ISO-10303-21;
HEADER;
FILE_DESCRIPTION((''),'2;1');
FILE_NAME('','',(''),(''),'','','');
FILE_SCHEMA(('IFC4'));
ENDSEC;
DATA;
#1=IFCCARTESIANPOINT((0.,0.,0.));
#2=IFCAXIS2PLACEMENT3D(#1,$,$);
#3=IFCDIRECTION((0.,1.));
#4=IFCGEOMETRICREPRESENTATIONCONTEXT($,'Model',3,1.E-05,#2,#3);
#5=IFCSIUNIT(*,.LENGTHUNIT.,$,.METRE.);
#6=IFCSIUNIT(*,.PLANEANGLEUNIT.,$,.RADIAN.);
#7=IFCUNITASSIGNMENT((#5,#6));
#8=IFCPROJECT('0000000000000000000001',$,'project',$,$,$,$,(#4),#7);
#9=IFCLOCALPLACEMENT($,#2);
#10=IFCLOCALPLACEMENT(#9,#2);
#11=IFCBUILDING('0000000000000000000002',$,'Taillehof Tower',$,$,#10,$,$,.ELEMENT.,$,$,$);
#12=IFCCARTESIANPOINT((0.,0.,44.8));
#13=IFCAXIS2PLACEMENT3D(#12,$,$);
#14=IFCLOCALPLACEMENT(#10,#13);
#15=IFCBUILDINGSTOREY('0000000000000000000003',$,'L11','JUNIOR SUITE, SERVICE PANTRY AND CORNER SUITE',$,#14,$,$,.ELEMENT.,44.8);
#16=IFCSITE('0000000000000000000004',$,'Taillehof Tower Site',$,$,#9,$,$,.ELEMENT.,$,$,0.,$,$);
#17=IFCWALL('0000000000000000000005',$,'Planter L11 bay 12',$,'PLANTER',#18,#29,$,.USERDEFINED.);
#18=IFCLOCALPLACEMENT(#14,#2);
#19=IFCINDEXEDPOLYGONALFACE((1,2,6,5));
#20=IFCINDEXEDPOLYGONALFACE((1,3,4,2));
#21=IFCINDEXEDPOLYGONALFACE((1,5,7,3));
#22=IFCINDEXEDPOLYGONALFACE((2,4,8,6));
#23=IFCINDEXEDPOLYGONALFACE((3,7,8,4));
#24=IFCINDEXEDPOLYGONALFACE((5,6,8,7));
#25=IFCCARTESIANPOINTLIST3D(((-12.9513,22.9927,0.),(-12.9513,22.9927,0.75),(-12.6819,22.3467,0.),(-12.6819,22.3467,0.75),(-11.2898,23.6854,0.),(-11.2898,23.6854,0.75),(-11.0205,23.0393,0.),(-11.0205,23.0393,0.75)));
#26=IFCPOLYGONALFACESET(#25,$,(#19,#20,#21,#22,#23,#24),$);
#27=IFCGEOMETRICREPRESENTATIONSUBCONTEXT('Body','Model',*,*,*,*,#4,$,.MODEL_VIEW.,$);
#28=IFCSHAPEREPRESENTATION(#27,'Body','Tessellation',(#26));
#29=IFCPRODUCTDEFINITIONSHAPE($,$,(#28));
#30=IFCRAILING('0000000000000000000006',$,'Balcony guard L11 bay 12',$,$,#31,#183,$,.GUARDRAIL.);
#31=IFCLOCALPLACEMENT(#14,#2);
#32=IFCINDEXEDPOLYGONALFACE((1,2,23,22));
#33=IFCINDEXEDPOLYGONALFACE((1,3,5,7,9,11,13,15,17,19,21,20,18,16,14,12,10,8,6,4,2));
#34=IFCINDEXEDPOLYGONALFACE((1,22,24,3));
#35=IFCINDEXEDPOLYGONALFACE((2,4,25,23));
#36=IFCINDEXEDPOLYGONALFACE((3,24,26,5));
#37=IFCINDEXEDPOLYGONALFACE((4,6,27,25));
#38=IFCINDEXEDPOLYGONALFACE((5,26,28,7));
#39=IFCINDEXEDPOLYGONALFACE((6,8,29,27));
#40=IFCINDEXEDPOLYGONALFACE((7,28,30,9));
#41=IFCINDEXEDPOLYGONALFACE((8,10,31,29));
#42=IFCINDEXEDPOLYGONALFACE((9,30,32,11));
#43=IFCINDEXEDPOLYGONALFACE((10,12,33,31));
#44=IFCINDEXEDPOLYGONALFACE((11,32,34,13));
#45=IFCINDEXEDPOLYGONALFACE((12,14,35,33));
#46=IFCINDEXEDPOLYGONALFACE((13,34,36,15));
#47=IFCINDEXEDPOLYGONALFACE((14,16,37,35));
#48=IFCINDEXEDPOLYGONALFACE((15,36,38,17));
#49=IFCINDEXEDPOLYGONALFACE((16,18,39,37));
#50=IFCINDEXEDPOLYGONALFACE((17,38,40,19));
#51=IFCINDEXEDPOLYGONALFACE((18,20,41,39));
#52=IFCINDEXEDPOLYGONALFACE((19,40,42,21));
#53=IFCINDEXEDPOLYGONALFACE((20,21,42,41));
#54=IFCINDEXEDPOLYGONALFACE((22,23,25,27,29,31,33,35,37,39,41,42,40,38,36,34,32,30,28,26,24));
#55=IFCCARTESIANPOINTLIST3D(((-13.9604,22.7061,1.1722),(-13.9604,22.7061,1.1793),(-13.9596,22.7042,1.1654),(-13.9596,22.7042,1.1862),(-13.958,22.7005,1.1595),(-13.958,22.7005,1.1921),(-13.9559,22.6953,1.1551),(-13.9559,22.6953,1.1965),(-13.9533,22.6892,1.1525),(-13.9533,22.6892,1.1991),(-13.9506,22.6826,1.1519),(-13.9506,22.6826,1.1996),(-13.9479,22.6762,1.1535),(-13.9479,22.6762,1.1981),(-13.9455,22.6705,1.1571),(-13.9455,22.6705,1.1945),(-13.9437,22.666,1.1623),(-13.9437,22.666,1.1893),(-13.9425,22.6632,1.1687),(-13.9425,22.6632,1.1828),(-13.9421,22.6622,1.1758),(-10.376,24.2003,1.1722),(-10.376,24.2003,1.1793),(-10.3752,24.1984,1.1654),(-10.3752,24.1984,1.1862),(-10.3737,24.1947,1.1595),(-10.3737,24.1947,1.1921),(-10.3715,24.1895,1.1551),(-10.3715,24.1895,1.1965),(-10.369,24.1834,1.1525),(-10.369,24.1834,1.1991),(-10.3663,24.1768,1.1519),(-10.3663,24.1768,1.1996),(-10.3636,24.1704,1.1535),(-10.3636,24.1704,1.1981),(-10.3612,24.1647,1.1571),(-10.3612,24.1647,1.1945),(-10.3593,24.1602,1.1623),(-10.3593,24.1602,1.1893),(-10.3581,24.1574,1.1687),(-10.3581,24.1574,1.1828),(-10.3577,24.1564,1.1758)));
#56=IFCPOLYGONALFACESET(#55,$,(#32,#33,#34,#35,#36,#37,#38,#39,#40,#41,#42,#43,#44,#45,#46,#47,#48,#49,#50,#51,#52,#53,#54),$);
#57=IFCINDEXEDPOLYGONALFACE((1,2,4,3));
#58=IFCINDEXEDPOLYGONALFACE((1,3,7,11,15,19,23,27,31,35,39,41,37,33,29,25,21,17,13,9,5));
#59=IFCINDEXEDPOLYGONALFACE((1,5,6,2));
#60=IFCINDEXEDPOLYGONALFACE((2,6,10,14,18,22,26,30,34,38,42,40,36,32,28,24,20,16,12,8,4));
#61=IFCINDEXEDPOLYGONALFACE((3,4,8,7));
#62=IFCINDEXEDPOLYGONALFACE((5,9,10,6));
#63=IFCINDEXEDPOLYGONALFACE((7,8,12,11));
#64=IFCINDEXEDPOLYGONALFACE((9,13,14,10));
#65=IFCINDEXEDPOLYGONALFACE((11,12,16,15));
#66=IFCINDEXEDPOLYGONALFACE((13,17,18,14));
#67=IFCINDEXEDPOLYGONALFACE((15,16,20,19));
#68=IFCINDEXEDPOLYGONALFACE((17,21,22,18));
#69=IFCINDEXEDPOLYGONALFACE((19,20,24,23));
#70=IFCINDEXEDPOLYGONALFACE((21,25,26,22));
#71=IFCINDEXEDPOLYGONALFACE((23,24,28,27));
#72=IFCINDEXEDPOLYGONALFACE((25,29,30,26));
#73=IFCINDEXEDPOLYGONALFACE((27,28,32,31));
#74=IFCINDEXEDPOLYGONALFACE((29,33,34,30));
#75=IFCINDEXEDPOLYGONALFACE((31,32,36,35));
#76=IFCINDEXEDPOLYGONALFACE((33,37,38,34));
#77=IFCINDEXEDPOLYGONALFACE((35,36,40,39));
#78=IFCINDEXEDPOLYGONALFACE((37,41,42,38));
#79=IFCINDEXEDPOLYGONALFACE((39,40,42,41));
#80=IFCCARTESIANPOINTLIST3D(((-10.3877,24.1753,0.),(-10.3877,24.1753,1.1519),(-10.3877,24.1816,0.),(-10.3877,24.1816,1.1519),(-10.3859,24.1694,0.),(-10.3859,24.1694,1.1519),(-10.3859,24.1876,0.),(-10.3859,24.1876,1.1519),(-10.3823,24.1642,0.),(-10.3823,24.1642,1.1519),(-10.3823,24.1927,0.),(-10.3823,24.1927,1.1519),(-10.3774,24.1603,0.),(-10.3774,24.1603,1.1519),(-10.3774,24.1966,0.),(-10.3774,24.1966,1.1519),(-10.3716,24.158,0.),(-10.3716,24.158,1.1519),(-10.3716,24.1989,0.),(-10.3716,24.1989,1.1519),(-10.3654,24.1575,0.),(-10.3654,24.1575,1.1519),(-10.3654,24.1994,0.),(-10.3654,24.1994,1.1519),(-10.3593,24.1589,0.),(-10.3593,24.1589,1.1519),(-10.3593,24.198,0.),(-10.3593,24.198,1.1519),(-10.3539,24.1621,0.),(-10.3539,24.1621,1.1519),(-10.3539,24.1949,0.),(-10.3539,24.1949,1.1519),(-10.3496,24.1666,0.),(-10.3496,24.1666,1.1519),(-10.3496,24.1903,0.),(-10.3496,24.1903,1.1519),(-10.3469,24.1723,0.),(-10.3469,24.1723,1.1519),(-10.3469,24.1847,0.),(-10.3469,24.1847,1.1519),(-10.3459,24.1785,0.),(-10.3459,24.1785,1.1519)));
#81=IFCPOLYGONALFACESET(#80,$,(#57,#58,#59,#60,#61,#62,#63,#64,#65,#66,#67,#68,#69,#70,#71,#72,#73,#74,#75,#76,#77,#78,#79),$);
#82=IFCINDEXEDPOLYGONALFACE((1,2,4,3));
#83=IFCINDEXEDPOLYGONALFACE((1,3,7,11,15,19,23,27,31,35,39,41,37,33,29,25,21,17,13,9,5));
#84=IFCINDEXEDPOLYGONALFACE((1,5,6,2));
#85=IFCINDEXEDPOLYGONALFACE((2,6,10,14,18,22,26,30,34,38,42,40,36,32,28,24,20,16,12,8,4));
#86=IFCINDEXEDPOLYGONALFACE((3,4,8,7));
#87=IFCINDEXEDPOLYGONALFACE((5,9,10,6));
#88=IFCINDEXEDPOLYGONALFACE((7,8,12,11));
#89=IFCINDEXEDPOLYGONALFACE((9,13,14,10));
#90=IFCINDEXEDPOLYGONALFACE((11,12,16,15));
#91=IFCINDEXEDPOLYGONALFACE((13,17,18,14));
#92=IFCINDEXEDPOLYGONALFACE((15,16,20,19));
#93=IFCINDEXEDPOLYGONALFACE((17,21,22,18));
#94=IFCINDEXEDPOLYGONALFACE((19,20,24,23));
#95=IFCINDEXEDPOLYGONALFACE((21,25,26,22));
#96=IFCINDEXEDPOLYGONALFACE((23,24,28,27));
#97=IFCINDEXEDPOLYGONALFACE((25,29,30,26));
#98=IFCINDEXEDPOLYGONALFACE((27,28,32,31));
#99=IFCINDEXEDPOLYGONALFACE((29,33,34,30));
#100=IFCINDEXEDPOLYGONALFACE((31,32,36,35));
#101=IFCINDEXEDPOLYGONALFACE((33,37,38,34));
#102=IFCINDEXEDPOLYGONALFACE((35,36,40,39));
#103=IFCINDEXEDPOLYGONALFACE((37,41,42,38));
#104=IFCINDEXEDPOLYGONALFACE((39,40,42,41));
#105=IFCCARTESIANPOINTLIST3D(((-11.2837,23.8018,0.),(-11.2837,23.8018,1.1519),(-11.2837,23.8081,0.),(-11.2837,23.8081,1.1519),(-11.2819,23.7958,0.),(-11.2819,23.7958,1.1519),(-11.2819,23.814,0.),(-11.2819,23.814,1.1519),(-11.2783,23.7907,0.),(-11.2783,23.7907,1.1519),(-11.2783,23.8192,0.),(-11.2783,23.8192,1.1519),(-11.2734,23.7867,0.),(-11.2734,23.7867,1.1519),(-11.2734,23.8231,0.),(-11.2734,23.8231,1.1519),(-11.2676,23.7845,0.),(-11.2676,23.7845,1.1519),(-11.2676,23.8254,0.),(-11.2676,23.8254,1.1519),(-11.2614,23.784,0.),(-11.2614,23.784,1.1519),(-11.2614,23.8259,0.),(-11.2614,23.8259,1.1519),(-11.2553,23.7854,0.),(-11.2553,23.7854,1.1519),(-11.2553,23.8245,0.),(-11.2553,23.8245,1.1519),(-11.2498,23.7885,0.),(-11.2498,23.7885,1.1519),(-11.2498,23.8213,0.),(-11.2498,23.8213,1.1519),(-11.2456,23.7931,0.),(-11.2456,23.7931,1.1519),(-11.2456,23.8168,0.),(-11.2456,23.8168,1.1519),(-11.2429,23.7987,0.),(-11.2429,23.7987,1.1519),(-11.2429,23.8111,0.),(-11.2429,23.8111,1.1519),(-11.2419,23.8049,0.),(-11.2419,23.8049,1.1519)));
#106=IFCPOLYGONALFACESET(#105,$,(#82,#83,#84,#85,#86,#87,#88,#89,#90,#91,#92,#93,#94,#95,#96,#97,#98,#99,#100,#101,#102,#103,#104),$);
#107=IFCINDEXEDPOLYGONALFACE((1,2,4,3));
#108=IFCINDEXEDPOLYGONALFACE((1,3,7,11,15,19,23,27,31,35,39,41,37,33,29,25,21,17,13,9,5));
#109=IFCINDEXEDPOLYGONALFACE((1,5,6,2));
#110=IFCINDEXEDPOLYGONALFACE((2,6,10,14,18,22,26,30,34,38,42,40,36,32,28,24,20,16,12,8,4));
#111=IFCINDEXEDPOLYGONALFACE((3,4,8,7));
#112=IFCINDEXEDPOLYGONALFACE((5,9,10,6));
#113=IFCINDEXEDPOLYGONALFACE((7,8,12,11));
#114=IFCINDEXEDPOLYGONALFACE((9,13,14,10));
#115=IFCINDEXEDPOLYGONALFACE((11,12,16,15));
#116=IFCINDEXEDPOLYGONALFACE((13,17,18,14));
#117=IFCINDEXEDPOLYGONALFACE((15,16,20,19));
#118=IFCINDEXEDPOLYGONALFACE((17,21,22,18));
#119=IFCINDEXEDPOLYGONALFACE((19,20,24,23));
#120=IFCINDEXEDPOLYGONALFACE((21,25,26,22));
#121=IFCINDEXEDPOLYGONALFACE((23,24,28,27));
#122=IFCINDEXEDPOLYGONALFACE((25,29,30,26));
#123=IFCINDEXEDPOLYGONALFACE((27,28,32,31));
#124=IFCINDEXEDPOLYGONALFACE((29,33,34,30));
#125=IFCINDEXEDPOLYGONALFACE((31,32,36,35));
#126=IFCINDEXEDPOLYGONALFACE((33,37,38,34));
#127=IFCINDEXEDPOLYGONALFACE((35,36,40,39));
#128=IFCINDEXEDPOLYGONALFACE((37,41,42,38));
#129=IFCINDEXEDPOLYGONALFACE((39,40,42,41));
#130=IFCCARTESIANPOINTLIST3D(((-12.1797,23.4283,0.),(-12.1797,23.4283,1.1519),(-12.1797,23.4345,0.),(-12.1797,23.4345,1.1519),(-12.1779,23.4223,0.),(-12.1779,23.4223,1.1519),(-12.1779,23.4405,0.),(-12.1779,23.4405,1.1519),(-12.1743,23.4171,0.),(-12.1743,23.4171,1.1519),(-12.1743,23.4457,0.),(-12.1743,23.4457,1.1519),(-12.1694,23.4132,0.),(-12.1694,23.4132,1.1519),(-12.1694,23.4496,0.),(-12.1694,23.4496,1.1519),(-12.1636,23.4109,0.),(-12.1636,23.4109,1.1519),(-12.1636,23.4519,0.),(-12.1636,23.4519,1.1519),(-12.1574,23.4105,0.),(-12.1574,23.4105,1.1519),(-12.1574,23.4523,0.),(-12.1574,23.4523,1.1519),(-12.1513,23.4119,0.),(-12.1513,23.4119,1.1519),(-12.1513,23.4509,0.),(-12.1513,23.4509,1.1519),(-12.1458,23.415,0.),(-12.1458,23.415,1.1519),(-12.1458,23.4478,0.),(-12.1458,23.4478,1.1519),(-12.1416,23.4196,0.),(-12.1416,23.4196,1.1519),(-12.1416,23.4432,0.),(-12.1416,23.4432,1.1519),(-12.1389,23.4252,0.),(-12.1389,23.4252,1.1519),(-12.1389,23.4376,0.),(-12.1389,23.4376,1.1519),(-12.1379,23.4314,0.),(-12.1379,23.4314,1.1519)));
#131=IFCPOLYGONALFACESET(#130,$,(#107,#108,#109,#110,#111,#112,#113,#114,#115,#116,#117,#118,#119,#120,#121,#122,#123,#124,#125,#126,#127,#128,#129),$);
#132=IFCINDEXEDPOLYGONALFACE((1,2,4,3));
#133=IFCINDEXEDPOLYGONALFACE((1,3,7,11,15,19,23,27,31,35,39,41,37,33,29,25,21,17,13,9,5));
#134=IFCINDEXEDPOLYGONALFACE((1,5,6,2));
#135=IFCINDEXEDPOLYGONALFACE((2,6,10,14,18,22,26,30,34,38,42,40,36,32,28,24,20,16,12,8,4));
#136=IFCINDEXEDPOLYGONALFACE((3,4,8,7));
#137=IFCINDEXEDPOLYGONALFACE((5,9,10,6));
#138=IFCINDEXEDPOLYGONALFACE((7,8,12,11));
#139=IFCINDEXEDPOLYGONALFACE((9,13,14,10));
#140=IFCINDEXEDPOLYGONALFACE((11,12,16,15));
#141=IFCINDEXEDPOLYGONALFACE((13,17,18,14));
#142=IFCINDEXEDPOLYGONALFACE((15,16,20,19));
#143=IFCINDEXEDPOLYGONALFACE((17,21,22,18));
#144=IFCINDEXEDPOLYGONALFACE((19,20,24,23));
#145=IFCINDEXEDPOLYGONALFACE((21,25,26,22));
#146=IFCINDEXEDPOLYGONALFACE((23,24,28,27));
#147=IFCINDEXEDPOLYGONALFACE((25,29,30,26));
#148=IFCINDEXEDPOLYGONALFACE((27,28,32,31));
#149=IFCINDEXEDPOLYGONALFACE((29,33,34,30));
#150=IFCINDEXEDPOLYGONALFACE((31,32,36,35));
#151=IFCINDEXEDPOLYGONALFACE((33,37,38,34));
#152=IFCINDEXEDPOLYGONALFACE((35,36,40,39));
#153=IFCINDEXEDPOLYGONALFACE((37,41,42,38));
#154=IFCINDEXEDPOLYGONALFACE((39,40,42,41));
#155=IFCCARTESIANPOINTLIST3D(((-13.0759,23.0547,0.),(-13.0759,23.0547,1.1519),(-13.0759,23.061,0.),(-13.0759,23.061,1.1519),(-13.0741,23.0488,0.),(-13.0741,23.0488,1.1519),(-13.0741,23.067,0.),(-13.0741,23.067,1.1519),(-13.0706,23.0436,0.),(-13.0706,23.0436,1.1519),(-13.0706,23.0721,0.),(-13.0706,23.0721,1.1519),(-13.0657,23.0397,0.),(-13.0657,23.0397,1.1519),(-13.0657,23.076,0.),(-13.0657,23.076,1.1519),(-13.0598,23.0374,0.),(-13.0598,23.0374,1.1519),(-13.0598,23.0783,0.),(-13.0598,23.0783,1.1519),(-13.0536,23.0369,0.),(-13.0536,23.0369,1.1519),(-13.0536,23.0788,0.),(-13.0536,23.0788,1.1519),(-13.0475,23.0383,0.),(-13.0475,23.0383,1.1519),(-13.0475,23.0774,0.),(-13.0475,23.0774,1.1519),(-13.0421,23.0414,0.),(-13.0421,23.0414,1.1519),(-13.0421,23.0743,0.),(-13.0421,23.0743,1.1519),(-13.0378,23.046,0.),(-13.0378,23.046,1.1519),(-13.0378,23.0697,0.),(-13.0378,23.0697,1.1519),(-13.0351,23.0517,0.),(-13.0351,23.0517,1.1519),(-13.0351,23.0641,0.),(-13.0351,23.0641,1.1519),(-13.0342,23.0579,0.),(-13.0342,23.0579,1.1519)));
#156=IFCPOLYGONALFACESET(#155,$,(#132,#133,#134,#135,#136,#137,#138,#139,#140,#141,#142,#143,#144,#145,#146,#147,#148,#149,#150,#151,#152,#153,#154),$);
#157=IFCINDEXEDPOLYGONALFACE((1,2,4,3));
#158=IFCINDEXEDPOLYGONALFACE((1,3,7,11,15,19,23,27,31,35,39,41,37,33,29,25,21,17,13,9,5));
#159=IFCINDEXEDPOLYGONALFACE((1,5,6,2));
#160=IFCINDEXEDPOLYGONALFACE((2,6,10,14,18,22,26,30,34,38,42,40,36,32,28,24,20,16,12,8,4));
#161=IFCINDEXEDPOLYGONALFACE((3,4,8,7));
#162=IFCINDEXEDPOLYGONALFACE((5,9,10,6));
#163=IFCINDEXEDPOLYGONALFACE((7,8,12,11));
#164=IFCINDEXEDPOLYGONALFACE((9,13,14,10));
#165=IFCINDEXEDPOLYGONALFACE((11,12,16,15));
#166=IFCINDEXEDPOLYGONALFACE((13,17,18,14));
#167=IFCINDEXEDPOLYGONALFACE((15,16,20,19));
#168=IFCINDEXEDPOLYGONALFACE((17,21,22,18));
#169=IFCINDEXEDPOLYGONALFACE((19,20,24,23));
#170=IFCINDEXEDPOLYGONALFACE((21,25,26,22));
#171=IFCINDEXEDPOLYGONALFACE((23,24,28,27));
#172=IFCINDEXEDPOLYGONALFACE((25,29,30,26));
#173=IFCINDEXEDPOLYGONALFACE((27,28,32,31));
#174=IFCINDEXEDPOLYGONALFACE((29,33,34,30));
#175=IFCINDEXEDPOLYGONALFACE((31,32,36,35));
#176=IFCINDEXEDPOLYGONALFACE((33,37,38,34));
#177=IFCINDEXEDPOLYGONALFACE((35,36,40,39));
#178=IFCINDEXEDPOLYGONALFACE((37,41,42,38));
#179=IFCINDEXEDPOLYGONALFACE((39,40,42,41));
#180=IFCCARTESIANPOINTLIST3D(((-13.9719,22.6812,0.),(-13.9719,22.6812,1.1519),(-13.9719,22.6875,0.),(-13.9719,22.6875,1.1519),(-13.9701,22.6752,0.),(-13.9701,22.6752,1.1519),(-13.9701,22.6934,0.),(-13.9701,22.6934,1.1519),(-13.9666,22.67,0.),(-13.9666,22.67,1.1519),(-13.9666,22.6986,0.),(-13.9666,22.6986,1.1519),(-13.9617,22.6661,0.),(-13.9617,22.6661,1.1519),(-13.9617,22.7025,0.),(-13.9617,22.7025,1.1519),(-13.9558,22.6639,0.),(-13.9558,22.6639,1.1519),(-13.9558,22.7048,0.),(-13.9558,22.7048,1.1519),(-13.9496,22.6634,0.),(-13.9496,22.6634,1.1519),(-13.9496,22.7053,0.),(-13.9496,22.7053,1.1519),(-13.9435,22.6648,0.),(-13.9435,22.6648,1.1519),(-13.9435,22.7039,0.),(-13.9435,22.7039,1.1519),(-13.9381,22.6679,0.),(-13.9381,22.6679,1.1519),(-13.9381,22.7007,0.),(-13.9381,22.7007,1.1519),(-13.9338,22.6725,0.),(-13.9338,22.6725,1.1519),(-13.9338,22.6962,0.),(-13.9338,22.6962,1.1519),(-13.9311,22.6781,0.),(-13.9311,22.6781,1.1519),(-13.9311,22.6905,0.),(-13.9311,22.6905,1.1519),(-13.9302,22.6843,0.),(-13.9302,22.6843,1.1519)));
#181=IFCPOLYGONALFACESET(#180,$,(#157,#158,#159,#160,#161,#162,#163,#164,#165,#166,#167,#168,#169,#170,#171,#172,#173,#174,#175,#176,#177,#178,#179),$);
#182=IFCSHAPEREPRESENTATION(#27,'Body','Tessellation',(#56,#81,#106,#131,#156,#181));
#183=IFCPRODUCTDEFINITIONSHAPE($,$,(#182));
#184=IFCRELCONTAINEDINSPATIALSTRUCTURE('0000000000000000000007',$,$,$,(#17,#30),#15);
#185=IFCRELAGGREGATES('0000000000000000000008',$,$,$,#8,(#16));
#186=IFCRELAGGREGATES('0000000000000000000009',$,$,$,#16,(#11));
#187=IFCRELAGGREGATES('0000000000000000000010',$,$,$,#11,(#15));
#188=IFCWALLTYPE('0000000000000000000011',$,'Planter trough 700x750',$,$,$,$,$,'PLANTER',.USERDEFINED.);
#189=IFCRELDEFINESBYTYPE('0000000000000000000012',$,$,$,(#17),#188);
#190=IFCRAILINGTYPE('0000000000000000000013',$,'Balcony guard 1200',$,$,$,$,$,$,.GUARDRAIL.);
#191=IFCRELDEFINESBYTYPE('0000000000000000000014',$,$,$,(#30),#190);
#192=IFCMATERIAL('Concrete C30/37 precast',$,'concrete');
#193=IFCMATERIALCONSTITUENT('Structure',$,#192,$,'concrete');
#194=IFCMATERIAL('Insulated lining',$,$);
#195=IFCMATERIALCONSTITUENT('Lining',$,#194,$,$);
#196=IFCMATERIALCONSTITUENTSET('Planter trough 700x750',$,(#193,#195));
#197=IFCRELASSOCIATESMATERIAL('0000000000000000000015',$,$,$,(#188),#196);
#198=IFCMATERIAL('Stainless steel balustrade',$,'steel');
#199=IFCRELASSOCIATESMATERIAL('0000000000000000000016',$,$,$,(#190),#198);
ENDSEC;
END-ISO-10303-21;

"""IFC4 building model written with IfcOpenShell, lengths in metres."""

from ifc_helpers import new_model, si_unit, direction, frame, frame_2d, origin, origin_2d, place, context, subcontext, project, spatial, rectangle, circle, extrude, material, constituent, constituent_set, type_object, element, save


model = new_model("IFC4")

# Units and contexts
model_context = context("Model", 3, precision=1e-05, world=origin(), true_north=direction((0.0, 1.0)))
body_context = subcontext(model_context, "Body", "Model", "MODEL_VIEW")
ifc_project = project(units=[si_unit("LENGTHUNIT", "METRE"), si_unit("PLANEANGLEUNIT", "RADIAN")], contexts=[model_context])

# Site, building, storey
site_placement = place(None, origin())
site = spatial("IfcSite", under=ifc_project, at=site_placement, Name="Taillehof Tower Site", CompositionType="ELEMENT", RefElevation=0.0)
building_placement = place(site_placement, origin())
building = spatial("IfcBuilding", under=site, at=building_placement, Name="Taillehof Tower", CompositionType="ELEMENT")
storey_placement = place(building_placement, frame((0.0, 0.0, 44.8)))
storey = spatial("IfcBuildingStorey", under=building, at=storey_placement, Name="L11", Description="JUNIOR SUITE, SERVICE PANTRY AND CORNER SUITE", CompositionType="ELEMENT", Elevation=44.8)

# Wall
ifc_material_1 = material(Name="Concrete C30/37 precast", Category="concrete")
ifc_constituent_1 = constituent(ifc_material_1, Name="Structure", Category="concrete")
ifc_material_2 = material(Name="Insulated lining")
ifc_constituent_2 = constituent(ifc_material_2, Name="Lining")
ifc_constituent_set = constituent_set(constituents=[ifc_constituent_1, ifc_constituent_2], Name="Planter trough 700x750")
wall_type_1 = type_object("IfcWallType", Name="Planter trough 700x750", ElementType="PLANTER", PredefinedType="USERDEFINED", material=ifc_constituent_set)
wall_1_placement = place(storey_placement, frame((-11.1553, 23.3623, 0.0), z_axis=(0.0, 0.0, 1.0), x_axis=(-0.923001, -0.384798, 0.0)))
element("IfcWall", 1, at=wall_1_placement, inside=storey, type_object=wall_type_1, Name="Planter L11 bay 12", ObjectType="PLANTER", PredefinedType="USERDEFINED", context=body_context, shape_type="SweptSolid", body=[
    extrude(rectangle(XDim=1.8, YDim=0.7, at=frame_2d((0.8999, 0.0))), origin(), (0.0, 0.0, 1.0), 0.75),
])

# Railing
ifc_material_3 = material(Name="Stainless steel balustrade", Category="steel")
railing_type = type_object("IfcRailingType", Name="Balcony guard 1200", PredefinedType="GUARDRAIL", material=ifc_material_3)
railing_placement = place(storey_placement, frame((-10.3669, 24.1785, 0.0)))
element("IfcRailing", 2, at=railing_placement, inside=storey, type_object=railing_type, Name="Balcony guard L11 bay 12", PredefinedType="GUARDRAIL", context=body_context, shape_type="SweptSolid", body=[
    extrude(circle(Radius=0.0239, at=origin_2d()), frame((0.0, 0.0, 1.1758), z_axis=(-0.923012, -0.384772, 0.0), x_axis=(0.384772, -0.923012, 0.0)), (0.0, 0.0, 1.0), 3.8833),
    extrude(circle(Radius=0.021, at=origin_2d()), origin(), (0.0, 0.0, 1.0), 1.1519),
    extrude(circle(Radius=0.021, at=origin_2d()), frame((-0.896, -0.3735, 0.0)), (0.0, 0.0, 1.0), 1.1519),
    extrude(circle(Radius=0.021, at=origin_2d()), frame((-1.792, -0.7471, 0.0)), (0.0, 0.0, 1.0), 1.1519),
    extrude(circle(Radius=0.021, at=origin_2d()), frame((-2.6882, -1.1206, 0.0)), (0.0, 0.0, 1.0), 1.1519),
    extrude(circle(Radius=0.021, at=origin_2d()), frame((-3.5842, -1.4941, 0.0)), (0.0, 0.0, 1.0), 1.1519),
])

save(model, "model.ifc")
